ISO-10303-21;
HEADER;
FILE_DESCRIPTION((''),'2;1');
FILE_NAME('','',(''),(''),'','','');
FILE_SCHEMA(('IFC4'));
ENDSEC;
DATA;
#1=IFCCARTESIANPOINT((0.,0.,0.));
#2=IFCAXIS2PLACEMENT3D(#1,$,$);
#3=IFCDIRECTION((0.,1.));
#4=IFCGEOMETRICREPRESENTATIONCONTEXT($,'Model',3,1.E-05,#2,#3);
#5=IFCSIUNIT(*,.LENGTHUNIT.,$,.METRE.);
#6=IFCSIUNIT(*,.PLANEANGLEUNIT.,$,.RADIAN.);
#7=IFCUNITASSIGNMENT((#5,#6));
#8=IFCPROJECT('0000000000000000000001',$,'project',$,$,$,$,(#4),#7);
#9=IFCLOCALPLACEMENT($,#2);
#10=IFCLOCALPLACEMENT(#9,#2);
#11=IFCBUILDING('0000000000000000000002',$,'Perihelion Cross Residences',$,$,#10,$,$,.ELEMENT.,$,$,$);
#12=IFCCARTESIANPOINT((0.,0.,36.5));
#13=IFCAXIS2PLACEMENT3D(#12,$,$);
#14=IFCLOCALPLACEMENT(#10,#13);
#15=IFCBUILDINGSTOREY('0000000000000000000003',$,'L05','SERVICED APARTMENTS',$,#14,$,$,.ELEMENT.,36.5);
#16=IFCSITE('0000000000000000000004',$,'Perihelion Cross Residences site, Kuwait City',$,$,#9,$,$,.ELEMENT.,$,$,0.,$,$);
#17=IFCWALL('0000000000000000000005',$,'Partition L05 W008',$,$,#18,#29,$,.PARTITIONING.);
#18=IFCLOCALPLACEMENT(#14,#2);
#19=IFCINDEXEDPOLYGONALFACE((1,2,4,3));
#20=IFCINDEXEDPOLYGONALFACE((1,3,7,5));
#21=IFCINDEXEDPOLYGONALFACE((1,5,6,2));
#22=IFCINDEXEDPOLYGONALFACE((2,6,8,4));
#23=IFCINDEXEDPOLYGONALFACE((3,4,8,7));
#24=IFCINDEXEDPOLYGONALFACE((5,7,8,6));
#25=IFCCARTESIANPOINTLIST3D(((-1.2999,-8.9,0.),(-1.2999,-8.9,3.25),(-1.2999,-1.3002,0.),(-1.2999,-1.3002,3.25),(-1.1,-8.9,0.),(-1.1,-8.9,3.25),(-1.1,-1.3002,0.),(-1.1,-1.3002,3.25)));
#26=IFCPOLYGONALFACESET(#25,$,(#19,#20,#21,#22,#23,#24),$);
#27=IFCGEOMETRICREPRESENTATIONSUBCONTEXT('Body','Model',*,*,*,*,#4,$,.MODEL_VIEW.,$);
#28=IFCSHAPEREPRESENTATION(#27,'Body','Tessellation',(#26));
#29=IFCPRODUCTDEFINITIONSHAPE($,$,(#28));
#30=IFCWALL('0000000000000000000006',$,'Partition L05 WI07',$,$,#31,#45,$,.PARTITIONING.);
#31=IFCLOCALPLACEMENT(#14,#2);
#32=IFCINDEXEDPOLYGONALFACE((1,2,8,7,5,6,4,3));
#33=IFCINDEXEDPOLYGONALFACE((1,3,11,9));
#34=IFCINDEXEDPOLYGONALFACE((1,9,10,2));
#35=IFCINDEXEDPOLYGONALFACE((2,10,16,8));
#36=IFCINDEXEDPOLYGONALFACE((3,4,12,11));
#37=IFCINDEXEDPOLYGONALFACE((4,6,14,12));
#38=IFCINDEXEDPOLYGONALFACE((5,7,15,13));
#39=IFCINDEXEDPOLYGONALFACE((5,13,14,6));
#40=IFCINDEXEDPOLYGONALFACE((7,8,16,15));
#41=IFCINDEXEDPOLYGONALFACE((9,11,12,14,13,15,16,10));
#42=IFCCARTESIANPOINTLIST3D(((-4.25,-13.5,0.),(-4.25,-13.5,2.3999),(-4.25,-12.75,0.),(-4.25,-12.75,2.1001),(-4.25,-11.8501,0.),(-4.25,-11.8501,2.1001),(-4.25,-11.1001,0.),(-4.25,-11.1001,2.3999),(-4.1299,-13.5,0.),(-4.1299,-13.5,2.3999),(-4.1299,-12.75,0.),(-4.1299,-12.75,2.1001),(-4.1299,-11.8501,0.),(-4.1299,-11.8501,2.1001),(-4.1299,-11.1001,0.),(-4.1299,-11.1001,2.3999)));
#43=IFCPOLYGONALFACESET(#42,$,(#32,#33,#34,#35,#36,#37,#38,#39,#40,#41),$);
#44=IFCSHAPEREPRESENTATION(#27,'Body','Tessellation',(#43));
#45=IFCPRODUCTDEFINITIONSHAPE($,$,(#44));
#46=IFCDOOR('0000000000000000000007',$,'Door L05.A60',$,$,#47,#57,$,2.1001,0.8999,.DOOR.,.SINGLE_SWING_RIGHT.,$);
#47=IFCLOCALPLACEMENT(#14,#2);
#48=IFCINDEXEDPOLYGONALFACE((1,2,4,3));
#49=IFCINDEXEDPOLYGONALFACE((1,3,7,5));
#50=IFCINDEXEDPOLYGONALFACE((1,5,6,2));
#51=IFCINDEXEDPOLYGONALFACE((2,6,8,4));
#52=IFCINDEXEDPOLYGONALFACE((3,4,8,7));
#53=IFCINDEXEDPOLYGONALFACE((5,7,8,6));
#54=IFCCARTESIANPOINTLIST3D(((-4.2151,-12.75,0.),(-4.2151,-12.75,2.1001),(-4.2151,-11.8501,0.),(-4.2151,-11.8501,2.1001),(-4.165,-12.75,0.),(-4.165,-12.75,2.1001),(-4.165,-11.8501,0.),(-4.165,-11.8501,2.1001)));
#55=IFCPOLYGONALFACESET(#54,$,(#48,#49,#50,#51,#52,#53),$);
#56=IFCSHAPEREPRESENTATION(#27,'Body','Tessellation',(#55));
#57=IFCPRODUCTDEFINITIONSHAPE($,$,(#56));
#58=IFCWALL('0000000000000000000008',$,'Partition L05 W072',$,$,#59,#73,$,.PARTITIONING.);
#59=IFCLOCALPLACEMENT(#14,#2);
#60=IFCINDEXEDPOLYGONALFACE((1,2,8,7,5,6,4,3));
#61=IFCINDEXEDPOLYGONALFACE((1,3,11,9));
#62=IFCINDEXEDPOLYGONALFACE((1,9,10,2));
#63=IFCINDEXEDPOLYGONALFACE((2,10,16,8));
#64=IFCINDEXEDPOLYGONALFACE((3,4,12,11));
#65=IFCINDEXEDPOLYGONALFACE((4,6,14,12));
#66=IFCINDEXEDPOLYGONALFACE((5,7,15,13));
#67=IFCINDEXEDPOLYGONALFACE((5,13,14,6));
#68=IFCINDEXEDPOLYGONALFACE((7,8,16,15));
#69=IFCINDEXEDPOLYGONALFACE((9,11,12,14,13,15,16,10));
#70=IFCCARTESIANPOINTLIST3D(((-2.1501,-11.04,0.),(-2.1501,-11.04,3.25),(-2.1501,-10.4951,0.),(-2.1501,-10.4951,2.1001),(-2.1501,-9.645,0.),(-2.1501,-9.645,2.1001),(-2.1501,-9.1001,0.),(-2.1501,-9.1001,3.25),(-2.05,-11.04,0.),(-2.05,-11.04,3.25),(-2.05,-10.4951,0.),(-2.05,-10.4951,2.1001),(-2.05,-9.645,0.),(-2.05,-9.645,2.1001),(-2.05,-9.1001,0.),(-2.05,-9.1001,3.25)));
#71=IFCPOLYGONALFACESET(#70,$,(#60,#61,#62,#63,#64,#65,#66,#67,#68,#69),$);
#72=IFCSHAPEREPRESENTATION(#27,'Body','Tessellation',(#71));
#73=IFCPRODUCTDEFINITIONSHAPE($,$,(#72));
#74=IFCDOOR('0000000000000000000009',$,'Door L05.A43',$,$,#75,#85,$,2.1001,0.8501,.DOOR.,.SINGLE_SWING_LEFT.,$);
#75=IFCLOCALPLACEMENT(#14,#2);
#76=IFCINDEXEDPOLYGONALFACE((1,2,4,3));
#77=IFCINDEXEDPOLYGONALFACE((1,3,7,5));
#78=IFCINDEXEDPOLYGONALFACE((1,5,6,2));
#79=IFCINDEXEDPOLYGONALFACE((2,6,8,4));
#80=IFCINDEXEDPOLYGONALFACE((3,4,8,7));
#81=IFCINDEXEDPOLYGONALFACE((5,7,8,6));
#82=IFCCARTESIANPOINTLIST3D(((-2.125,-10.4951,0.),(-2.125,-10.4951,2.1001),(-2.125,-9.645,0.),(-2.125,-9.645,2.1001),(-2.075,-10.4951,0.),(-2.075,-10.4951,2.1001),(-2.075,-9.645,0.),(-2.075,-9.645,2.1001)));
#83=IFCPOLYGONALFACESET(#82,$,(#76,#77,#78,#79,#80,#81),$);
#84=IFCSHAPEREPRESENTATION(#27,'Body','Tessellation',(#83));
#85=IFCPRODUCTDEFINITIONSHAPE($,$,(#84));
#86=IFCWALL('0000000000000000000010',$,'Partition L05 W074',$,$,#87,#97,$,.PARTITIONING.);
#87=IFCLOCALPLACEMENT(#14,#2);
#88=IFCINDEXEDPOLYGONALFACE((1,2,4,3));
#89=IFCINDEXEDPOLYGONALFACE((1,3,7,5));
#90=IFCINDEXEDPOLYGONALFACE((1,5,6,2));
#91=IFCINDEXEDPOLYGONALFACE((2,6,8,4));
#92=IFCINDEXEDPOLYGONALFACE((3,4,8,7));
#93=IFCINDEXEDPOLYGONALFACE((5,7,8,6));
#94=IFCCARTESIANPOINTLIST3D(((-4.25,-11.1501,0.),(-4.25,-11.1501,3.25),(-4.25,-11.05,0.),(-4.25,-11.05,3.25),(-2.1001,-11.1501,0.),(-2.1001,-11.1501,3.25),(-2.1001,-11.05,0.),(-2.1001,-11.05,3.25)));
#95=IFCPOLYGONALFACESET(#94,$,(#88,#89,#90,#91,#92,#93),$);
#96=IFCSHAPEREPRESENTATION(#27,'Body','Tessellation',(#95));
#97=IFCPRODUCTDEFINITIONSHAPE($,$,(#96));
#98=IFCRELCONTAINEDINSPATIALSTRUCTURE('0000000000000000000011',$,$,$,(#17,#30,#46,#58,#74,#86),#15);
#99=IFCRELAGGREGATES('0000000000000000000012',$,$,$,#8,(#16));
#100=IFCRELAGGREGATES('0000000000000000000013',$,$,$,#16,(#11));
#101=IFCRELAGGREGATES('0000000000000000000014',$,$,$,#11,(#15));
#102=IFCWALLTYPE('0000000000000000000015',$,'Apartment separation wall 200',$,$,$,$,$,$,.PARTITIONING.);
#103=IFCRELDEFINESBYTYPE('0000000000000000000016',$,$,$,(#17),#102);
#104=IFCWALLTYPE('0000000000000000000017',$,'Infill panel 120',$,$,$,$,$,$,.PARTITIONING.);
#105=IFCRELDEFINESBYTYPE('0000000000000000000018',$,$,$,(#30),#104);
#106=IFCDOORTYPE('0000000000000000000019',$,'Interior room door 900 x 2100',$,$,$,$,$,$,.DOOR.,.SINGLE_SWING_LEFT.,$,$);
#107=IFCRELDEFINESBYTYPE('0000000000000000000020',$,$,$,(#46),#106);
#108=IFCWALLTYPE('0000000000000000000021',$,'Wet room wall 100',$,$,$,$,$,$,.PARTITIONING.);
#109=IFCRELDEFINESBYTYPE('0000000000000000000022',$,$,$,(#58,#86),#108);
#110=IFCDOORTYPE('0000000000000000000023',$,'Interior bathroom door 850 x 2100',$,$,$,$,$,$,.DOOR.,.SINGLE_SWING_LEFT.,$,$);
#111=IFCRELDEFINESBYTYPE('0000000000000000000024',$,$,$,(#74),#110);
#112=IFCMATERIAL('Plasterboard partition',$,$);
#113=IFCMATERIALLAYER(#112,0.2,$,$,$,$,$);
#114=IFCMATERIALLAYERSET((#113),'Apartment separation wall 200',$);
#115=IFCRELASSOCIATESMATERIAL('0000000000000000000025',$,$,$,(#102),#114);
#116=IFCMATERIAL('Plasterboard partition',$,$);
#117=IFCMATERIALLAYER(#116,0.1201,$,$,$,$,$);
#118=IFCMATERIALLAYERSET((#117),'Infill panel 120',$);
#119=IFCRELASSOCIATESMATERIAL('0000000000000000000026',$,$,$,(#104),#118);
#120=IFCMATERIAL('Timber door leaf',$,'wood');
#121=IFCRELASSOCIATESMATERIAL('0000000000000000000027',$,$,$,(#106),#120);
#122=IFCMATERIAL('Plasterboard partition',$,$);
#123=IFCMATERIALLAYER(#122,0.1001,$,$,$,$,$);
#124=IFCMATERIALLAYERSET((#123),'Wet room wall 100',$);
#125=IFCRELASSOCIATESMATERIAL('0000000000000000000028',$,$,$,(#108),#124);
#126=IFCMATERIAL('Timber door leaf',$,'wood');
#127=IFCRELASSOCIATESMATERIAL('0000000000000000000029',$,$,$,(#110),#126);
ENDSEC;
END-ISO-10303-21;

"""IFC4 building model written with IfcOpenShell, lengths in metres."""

from ifc_helpers import new_model, si_unit, direction, frame, frame_2d, origin, place, context, subcontext, project, spatial, rectangle, extrude, material, layer, layer_set, type_object, element, fill, save


model = new_model("IFC4")

# Units and contexts
model_context = context("Model", 3, precision=1e-05, world=origin(), true_north=direction((0.0, 1.0)))
body_context = subcontext(model_context, "Body", "Model", "MODEL_VIEW")
ifc_project = project(units=[si_unit("LENGTHUNIT", "METRE"), si_unit("PLANEANGLEUNIT", "RADIAN")], contexts=[model_context])

# Site, building, storey
site_placement = place(None, origin())
site = spatial("IfcSite", under=ifc_project, at=site_placement, Name="Perihelion Cross Residences site, Kuwait City", CompositionType="ELEMENT", RefElevation=0.0)
building_placement = place(site_placement, origin())
building = spatial("IfcBuilding", under=site, at=building_placement, Name="Perihelion Cross Residences", CompositionType="ELEMENT")
storey_placement = place(building_placement, frame((0.0, 0.0, 36.5)))
storey = spatial("IfcBuildingStorey", under=building, at=storey_placement, Name="L05", Description="SERVICED APARTMENTS", CompositionType="ELEMENT", Elevation=36.5)

# Wall
ifc_material_1 = material(Name="Plasterboard partition")
ifc_layer_1 = layer(ifc_material_1, 0.2)
ifc_layer_set_1 = layer_set([ifc_layer_1], Name="Apartment separation wall 200")
wall_type_1 = type_object("IfcWallType", Name="Apartment separation wall 200", PredefinedType="PARTITIONING", material=ifc_layer_set_1)
wall_1_placement = place(storey_placement, frame((-1.2, -8.8999, 0.0), z_axis=(0.0, 0.0, 1.0), x_axis=(0.0, 1.0, 0.0)))
element("IfcWall", 1, at=wall_1_placement, inside=storey, type_object=wall_type_1, Name="Partition L05 W008", PredefinedType="PARTITIONING", context=body_context, shape_type="SweptSolid", body=[
    extrude(rectangle(XDim=7.5999, YDim=0.2, at=frame_2d((3.7998, 0.0))), origin(), (0.0, 0.0, 1.0), 3.25),
])

# Walls, openings, doors
ifc_material_2 = material(Name="Plasterboard partition")
ifc_layer_2 = layer(ifc_material_2, 0.1201)
ifc_layer_set_2 = layer_set([ifc_layer_2], Name="Infill panel 120")
wall_type_2 = type_object("IfcWallType", Name="Infill panel 120", PredefinedType="PARTITIONING", material=ifc_layer_set_2)
wall_2_placement = place(storey_placement, frame((-4.1899, -11.1001, 0.0), z_axis=(0.0, 0.0, 1.0), x_axis=(0.0, -1.0, 0.0)))
wall_2 = element("IfcWall", 2, at=wall_2_placement, inside=storey, type_object=wall_type_2, Name="Partition L05 WI07", PredefinedType="PARTITIONING", context=body_context, shape_type="SweptSolid", body=[
    extrude(rectangle(XDim=2.3999, YDim=0.1201, at=frame_2d((1.2, 0.0))), origin(), (0.0, 0.0, 1.0), 2.3999),
])
opening_1_placement = place(wall_2_placement, frame((0.75, 0.0, 0.0)))
opening_1 = element("IfcOpeningElement", 3, at=opening_1_placement, cuts=wall_2, PredefinedType="OPENING", context=body_context, shape_type="SweptSolid", body=[
    extrude(rectangle(XDim=0.8999, YDim=2.1001, at=frame_2d((0.45, 1.05))), frame((0.0, 0.0701, 0.0), z_axis=(0.0, -1.0, 0.0), x_axis=(1.0, 0.0, 0.0)), (0.0, 0.0, 1.0), 0.1401),
])
ifc_material_3 = material(Name="Timber door leaf", Category="wood")
door_type_1 = type_object("IfcDoorType", Name="Interior room door 900 x 2100", OperationType="SINGLE_SWING_LEFT", PredefinedType="DOOR", material=ifc_material_3)
door_1_placement = place(opening_1_placement, origin())
door_1 = element("IfcDoor", 4, at=door_1_placement, inside=storey, type_object=door_type_1, Name="Door L05.A60", OperationType="SINGLE_SWING_RIGHT", OverallHeight=2.1001, OverallWidth=0.8999, PredefinedType="DOOR", context=body_context, shape_type="SweptSolid", body=[
    extrude(rectangle(XDim=0.8999, YDim=2.1001, at=frame_2d((0.45, 1.05))), frame((0.0, 0.0249, 0.0), z_axis=(0.0, -1.0, 0.0), x_axis=(1.0, 0.0, 0.0)), (0.0, 0.0, 1.0), 0.05),
])
fill(opening_1, door_1)
ifc_material_4 = material(Name="Plasterboard partition")
ifc_layer_3 = layer(ifc_material_4, 0.1001)
ifc_layer_set_3 = layer_set([ifc_layer_3], Name="Wet room wall 100")
wall_type_3 = type_object("IfcWallType", Name="Wet room wall 100", PredefinedType="PARTITIONING", material=ifc_layer_set_3)
wall_3_placement = place(storey_placement, frame((-2.1001, -11.04, 0.0), z_axis=(0.0, 0.0, 1.0), x_axis=(0.0, 1.0, 0.0)))
wall_3 = element("IfcWall", 5, at=wall_3_placement, inside=storey, type_object=wall_type_3, Name="Partition L05 W072", PredefinedType="PARTITIONING", context=body_context, shape_type="SweptSolid", body=[
    extrude(rectangle(XDim=1.9399, YDim=0.1001, at=frame_2d((0.97, 0.0))), origin(), (0.0, 0.0, 1.0), 3.25),
])
opening_2_placement = place(wall_3_placement, frame((0.5449, 0.0, 0.0)))
opening_2 = element("IfcOpeningElement", 6, at=opening_2_placement, cuts=wall_3, PredefinedType="OPENING", context=body_context, shape_type="SweptSolid", body=[
    extrude(rectangle(XDim=0.8501, YDim=2.1001, at=frame_2d((0.425, 1.05))), frame((0.0, 0.0601, 0.0), z_axis=(0.0, -1.0, 0.0), x_axis=(1.0, 0.0, 0.0)), (0.0, 0.0, 1.0), 0.1201),
])
ifc_material_5 = material(Name="Timber door leaf", Category="wood")
door_type_2 = type_object("IfcDoorType", Name="Interior bathroom door 850 x 2100", OperationType="SINGLE_SWING_LEFT", PredefinedType="DOOR", material=ifc_material_5)
door_2_placement = place(opening_2_placement, origin())
door_2 = element("IfcDoor", 7, at=door_2_placement, inside=storey, type_object=door_type_2, Name="Door L05.A43", OperationType="SINGLE_SWING_LEFT", OverallHeight=2.1001, OverallWidth=0.8501, PredefinedType="DOOR", context=body_context, shape_type="SweptSolid", body=[
    extrude(rectangle(XDim=0.8501, YDim=2.1001, at=frame_2d((0.425, 1.05))), frame((0.0, 0.0249, 0.0), z_axis=(0.0, -1.0, 0.0), x_axis=(1.0, 0.0, 0.0)), (0.0, 0.0, 1.0), 0.05),
])
fill(opening_2, door_2)

# Wall
wall_4_placement = place(storey_placement, frame((-2.1001, -11.1001, 0.0), z_axis=(0.0, 0.0, 1.0), x_axis=(-1.0, 0.0, 0.0)))
element("IfcWall", 8, at=wall_4_placement, inside=storey, type_object=wall_type_3, Name="Partition L05 W074", PredefinedType="PARTITIONING", context=body_context, shape_type="SweptSolid", body=[
    extrude(rectangle(XDim=2.1499, YDim=0.1001, at=frame_2d((1.075, 0.0))), origin(), (0.0, 0.0, 1.0), 3.25),
])

save(model, "model.ifc")
